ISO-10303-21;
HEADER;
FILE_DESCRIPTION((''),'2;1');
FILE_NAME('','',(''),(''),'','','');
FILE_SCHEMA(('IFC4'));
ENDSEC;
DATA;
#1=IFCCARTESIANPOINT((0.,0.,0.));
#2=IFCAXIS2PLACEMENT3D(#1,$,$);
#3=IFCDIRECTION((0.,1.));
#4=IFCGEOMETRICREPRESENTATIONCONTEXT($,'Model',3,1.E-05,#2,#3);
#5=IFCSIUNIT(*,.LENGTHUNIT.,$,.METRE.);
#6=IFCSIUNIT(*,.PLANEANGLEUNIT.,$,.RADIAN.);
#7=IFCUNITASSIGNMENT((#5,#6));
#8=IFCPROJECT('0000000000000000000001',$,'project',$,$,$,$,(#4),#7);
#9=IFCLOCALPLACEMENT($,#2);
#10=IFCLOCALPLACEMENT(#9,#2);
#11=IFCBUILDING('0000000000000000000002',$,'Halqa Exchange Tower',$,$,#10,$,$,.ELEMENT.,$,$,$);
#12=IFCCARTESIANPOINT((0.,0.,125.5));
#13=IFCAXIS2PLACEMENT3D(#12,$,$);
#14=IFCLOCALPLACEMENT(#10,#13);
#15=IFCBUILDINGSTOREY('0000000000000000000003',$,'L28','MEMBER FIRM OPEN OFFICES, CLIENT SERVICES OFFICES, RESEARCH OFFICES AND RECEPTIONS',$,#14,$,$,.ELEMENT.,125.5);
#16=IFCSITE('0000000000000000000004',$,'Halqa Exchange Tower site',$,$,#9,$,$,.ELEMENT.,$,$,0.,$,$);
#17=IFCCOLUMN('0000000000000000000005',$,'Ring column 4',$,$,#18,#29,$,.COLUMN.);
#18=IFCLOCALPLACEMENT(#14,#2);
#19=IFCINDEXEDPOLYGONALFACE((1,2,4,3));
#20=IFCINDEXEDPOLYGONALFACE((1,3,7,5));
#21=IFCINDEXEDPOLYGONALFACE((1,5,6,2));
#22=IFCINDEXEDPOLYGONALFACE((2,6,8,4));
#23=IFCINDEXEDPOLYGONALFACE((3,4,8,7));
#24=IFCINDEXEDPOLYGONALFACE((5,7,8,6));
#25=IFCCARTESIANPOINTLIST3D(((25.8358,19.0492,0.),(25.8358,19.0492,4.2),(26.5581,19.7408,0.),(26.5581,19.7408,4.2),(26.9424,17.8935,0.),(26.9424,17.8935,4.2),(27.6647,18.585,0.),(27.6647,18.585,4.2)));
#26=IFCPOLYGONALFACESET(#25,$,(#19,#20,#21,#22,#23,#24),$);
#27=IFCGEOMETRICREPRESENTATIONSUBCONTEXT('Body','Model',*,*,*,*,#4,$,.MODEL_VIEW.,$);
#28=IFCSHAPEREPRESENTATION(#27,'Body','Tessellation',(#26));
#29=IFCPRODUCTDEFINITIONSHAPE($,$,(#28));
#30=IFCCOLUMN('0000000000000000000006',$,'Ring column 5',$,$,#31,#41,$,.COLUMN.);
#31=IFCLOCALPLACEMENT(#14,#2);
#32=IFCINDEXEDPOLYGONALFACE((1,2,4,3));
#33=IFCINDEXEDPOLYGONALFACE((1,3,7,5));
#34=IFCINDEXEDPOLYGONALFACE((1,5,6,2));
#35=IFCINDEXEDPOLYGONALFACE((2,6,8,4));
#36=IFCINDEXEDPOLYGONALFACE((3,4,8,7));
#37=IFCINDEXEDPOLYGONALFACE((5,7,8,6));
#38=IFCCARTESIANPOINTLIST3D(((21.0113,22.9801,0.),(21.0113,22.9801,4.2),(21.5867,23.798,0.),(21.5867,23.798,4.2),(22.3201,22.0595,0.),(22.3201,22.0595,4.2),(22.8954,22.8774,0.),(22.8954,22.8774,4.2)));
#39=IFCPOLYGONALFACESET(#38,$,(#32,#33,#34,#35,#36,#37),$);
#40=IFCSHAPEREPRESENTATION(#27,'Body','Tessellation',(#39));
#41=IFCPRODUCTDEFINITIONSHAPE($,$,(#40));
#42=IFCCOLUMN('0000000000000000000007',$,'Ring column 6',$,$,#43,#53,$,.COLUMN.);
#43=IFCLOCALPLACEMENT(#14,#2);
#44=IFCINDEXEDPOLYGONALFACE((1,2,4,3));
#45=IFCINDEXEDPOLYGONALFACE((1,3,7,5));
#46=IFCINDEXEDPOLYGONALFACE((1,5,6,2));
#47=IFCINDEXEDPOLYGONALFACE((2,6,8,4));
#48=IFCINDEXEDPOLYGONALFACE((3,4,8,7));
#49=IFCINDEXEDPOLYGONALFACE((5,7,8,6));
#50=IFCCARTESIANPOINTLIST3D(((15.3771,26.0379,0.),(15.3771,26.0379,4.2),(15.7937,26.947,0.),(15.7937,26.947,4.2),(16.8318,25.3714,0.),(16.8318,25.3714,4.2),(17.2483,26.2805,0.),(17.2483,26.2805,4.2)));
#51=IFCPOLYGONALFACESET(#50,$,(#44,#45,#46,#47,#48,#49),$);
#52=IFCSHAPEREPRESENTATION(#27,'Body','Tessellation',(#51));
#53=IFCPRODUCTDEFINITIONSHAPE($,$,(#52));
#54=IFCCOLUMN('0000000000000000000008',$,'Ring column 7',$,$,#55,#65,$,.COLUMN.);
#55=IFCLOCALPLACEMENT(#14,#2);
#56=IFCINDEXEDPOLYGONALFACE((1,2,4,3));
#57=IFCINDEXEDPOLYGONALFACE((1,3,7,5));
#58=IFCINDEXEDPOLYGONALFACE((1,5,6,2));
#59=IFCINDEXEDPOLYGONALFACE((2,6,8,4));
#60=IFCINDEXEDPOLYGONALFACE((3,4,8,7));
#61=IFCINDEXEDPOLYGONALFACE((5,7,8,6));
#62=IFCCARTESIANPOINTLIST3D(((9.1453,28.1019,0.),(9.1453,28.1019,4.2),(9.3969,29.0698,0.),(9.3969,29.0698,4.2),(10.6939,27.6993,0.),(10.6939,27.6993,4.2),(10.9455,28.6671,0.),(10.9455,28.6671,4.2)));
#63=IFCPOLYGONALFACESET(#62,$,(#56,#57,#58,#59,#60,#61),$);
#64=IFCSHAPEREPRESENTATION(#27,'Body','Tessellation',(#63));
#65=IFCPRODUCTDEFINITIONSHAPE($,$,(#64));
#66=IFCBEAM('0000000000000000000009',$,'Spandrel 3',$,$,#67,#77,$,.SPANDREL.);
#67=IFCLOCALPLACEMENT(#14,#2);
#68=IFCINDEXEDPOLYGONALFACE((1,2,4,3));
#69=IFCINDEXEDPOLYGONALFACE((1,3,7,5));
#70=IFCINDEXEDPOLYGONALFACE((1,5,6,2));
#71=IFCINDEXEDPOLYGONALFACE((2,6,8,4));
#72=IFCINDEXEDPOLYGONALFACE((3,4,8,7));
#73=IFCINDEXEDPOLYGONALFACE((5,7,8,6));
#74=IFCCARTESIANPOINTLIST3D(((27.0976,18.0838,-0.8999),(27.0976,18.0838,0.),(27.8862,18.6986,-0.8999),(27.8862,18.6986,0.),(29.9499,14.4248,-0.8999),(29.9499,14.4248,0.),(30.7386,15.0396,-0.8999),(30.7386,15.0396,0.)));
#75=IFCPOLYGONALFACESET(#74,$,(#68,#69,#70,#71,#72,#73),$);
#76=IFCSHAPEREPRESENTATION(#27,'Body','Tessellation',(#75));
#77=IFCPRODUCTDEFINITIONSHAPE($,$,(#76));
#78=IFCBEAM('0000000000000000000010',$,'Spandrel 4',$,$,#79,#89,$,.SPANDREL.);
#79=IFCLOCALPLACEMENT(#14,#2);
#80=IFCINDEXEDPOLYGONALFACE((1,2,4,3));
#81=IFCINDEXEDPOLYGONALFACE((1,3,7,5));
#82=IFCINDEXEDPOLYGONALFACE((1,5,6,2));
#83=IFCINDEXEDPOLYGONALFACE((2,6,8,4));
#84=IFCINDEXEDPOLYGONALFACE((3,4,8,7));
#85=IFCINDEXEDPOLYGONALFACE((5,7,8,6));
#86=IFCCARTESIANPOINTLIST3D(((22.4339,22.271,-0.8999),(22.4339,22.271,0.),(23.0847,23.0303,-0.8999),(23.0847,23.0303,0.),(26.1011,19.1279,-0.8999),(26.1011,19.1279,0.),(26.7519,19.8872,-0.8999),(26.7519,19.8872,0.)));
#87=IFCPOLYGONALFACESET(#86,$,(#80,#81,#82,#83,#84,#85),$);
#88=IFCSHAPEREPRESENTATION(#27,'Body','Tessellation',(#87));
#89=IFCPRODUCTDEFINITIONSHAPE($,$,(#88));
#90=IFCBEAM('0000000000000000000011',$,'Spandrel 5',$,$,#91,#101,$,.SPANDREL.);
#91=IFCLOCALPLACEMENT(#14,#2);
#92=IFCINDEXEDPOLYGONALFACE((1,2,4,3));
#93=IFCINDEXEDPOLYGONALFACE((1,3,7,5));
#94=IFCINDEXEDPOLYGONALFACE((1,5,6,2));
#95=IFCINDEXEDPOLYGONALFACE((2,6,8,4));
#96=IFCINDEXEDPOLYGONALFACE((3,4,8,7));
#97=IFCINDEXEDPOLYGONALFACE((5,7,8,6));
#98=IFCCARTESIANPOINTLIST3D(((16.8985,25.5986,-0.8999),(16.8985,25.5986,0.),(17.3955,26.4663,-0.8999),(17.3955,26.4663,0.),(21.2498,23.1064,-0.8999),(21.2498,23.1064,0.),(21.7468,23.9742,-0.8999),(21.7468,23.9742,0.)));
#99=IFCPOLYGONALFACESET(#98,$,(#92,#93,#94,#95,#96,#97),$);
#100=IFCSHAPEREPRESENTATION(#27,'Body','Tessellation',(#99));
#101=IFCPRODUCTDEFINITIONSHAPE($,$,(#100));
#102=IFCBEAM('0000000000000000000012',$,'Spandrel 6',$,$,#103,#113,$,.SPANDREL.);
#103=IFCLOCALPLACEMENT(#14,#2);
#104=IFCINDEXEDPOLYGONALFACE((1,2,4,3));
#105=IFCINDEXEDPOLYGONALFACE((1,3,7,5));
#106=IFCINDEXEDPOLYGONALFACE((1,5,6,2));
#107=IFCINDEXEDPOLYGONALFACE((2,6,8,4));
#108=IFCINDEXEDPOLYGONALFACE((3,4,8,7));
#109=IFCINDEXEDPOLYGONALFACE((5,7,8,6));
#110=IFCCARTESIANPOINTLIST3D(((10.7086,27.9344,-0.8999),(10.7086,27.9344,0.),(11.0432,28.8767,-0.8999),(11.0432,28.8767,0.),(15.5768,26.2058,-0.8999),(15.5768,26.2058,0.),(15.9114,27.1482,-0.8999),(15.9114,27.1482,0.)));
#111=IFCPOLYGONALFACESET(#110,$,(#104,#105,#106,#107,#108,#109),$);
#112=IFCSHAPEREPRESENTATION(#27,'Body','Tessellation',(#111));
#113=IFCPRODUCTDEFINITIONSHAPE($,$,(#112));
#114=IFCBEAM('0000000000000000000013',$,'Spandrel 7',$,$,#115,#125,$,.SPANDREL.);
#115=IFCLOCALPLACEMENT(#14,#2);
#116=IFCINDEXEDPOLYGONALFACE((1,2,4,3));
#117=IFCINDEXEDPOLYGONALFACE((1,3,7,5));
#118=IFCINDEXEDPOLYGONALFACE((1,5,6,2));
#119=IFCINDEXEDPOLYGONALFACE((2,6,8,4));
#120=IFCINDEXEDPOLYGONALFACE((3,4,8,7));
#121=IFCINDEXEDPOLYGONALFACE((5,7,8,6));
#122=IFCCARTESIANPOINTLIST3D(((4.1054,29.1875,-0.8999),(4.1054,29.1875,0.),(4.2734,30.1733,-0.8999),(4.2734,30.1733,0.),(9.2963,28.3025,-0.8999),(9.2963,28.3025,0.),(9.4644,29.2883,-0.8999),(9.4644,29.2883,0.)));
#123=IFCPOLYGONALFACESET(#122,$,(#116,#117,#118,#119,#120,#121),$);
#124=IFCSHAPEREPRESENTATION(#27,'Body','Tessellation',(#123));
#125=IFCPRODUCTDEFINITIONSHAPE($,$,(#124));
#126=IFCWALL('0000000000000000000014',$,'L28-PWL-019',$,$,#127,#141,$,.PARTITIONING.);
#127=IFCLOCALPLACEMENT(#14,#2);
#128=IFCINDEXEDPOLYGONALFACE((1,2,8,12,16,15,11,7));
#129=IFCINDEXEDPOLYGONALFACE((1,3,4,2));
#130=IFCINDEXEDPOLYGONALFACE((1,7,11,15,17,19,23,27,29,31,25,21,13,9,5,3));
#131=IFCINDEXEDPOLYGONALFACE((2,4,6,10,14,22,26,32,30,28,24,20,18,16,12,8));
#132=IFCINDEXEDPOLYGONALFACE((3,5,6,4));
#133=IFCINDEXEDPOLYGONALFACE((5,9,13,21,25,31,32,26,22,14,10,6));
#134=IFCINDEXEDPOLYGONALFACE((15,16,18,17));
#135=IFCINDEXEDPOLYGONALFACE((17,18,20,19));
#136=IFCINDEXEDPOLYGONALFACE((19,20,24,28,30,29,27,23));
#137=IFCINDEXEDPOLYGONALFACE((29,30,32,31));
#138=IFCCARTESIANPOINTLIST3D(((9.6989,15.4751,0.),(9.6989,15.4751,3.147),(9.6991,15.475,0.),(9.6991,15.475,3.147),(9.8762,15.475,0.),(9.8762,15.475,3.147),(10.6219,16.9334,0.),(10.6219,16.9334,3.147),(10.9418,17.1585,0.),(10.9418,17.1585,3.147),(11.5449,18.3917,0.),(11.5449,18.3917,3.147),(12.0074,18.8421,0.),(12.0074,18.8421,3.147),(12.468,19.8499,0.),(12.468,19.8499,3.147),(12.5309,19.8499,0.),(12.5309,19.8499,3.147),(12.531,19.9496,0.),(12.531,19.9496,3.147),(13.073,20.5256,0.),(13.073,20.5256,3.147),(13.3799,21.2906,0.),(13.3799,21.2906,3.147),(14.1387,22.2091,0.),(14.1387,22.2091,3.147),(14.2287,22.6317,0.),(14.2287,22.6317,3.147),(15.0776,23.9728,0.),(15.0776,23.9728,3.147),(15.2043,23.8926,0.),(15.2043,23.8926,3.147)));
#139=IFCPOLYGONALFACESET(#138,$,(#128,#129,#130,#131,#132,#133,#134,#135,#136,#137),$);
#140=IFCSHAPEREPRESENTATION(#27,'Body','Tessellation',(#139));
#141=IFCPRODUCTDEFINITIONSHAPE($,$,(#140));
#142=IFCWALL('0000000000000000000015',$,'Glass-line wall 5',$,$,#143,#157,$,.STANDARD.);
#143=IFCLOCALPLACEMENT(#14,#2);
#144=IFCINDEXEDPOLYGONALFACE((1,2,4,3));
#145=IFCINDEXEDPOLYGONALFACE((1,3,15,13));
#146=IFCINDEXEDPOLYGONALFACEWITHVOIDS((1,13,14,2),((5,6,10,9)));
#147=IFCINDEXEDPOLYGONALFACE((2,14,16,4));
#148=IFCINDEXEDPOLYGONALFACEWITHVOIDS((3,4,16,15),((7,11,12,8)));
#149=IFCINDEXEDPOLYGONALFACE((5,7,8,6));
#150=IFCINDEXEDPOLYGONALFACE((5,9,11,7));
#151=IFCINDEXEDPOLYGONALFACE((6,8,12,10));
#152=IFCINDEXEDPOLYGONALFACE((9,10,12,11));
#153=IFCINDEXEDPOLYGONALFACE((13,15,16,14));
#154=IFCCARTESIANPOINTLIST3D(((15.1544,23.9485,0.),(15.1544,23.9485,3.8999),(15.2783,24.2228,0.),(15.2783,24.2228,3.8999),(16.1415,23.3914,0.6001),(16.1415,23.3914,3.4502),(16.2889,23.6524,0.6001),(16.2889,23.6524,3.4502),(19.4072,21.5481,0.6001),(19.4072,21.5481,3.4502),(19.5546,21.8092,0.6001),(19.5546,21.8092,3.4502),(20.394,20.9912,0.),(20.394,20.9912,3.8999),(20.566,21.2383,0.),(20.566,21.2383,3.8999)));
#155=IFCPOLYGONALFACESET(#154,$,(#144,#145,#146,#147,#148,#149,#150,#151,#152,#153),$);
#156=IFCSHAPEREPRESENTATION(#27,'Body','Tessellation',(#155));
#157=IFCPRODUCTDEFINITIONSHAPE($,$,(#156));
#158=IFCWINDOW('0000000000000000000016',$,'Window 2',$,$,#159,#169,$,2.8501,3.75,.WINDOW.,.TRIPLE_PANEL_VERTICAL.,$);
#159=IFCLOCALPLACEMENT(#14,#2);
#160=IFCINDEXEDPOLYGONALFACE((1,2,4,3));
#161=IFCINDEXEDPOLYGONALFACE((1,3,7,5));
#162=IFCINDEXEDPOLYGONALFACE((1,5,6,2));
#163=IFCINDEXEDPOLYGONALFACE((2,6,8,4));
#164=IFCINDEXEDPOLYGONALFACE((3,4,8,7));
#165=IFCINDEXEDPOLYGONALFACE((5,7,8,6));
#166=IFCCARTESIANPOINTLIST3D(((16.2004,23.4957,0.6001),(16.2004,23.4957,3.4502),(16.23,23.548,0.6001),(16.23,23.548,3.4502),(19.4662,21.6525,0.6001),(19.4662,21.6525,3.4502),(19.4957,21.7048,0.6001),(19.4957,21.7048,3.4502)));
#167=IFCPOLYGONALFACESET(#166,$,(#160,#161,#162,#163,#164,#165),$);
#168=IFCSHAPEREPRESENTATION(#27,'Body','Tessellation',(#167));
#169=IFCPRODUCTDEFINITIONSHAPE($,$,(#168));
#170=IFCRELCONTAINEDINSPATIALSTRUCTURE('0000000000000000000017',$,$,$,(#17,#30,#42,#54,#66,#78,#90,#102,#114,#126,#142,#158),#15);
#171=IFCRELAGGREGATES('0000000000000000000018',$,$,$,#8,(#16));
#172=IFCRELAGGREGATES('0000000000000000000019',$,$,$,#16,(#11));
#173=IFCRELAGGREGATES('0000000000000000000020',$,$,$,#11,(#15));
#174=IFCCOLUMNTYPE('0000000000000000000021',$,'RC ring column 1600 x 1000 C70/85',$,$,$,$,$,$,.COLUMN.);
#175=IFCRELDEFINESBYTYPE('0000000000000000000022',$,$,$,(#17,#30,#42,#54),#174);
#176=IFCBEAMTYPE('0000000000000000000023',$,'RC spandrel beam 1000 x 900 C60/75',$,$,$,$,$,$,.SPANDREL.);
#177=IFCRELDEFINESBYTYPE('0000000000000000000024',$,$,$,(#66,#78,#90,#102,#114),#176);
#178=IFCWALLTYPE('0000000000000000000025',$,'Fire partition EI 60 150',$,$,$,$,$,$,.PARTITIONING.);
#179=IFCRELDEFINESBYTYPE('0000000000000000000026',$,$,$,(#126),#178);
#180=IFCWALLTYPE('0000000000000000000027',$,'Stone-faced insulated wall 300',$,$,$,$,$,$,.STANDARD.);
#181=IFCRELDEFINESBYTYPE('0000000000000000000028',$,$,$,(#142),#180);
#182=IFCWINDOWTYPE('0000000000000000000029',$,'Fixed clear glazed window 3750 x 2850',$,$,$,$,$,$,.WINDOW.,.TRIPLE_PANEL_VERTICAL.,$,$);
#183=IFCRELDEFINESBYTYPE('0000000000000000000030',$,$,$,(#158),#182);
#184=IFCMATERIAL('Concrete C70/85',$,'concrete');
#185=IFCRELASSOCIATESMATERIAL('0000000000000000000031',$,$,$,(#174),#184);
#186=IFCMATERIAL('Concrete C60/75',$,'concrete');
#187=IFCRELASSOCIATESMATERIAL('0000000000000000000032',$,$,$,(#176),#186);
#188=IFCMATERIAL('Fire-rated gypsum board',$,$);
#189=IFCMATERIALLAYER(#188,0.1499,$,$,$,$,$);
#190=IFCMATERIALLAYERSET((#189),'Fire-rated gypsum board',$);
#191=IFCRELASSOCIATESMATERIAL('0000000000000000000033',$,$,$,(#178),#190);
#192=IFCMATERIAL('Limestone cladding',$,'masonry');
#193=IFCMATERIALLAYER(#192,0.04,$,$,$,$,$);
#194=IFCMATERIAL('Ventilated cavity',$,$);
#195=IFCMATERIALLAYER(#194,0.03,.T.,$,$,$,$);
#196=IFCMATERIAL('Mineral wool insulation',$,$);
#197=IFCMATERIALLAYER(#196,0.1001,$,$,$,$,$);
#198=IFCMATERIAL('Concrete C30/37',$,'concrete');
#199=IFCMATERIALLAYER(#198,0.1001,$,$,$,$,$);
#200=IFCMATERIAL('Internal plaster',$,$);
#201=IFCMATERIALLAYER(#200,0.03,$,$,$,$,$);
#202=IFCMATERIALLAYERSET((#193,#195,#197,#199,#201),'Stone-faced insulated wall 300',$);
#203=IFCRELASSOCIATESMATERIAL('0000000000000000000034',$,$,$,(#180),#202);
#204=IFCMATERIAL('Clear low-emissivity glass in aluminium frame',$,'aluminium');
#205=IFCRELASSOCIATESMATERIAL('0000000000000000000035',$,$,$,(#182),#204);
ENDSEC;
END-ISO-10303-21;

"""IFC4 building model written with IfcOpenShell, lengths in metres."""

from ifc_helpers import new_model, si_unit, direction, frame, frame_2d, origin, origin_2d, place, context, subcontext, project, spatial, polyline, rectangle, outline, extrude, material, layer, layer_set, material_profile, profile_set, type_object, element, fill, save


model = new_model("IFC4")

# Units and contexts
model_context = context("Model", 3, precision=1e-05, world=origin(), true_north=direction((0.0, 1.0)))
body_context = subcontext(model_context, "Body", "Model", "MODEL_VIEW")
ifc_project = project(units=[si_unit("LENGTHUNIT", "METRE"), si_unit("PLANEANGLEUNIT", "RADIAN")], contexts=[model_context])

# Site, building, storey
site_placement = place(None, origin())
site = spatial("IfcSite", under=ifc_project, at=site_placement, Name="Halqa Exchange Tower site", CompositionType="ELEMENT", RefElevation=0.0)
building_placement = place(site_placement, origin())
building = spatial("IfcBuilding", under=site, at=building_placement, Name="Halqa Exchange Tower", CompositionType="ELEMENT")
storey_placement = place(building_placement, frame((0.0, 0.0, 125.5)))
storey = spatial("IfcBuildingStorey", under=building, at=storey_placement, Name="L28", Description="MEMBER FIRM OPEN OFFICES, CLIENT SERVICES OFFICES, RESEARCH OFFICES AND RECEPTIONS", CompositionType="ELEMENT", Elevation=125.5)

# Columns
ifc_material_1 = material(Name="Concrete C70/85", Category="concrete")
ifc_material_profile_1 = material_profile(ifc_material_1, rectangle(XDim=1.6001, YDim=1.0, at=origin_2d()), Name="1600 x 1000")
ifc_profile_set_1 = profile_set([ifc_material_profile_1], Name="Concrete C70/85")
column_type = type_object("IfcColumnType", Name="RC ring column 1600 x 1000 C70/85", PredefinedType="COLUMN", material=ifc_profile_set_1)
for number, where, z_axis, x_axis, name in (
    (1, (26.7502, 18.8171, 0.0), (0.0, 0.0, 1.0), (-0.691571, 0.722308, 0.0), "Ring column 4"),
    (2, (21.9534, 22.9287, 0.0), (0.0, 0.0, 1.0), (-0.81791, 0.575346, 0.0), "Ring column 5"),
    (3, (16.3127, 26.1592, 0.0), (0.0, 0.0, 1.0), (-0.909126, 0.41652, 0.0), "Ring column 6"),
    (4, (10.0454, 28.3845, 0.0), (0.0, 0.0, 1.0), (-0.96782, 0.251645, 0.0), "Ring column 7"),
):
    element("IfcColumn", number, at=place(storey_placement, frame(where, z_axis=z_axis, x_axis=x_axis)), inside=storey, type_object=column_type, Name=name, PredefinedType="COLUMN", context=body_context, shape_type="SweptSolid", body=[
        extrude(rectangle(XDim=1.6001, YDim=1.0, at=origin_2d()), origin(), (0.0, 0.0, 1.0), 4.2),
    ])

# Beams
ifc_material_2 = material(Name="Concrete C60/75", Category="concrete")
ifc_material_profile_2 = material_profile(ifc_material_2, rectangle(XDim=1.0, YDim=0.8999, at=origin_2d()), Name="1000 x 900")
ifc_profile_set_2 = profile_set([ifc_material_profile_2], Name="Concrete C60/75")
beam_type = type_object("IfcBeamType", Name="RC spandrel beam 1000 x 900 C60/75", PredefinedType="SPANDREL", material=ifc_profile_set_2)
beam_1_placement = place(storey_placement, frame((30.3442, 14.7322, -0.45), z_axis=(-0.614807, 0.788677, 0.0), x_axis=(-0.788677, -0.614807, 0.0)))
element("IfcBeam", 5, at=beam_1_placement, inside=storey, type_object=beam_type, Name="Spandrel 3", PredefinedType="SPANDREL", context=body_context, shape_type="SweptSolid", body=[
    extrude(rectangle(XDim=1.0, YDim=0.8999, at=origin_2d()), origin(), (0.0, 0.0, 1.0), 4.6394),
])
beam_2_placement = place(storey_placement, frame((26.4265, 19.5076, -0.45), z_axis=(-0.759285, 0.650758, 0.0), x_axis=(-0.650758, -0.759285, 0.0)))
element("IfcBeam", 6, at=beam_2_placement, inside=storey, type_object=beam_type, Name="Spandrel 4", PredefinedType="SPANDREL", context=body_context, shape_type="SweptSolid", body=[
    extrude(rectangle(XDim=1.0, YDim=0.8999, at=origin_2d()), origin(), (0.0, 0.0, 1.0), 4.8298),
])
beam_3_placement = place(storey_placement, frame((21.4983, 23.5403, -0.45), z_axis=(-0.867751, 0.496999, 0.0), x_axis=(-0.496999, -0.867751, 0.0)))
element("IfcBeam", 7, at=beam_3_placement, inside=storey, type_object=beam_type, Name="Spandrel 5", PredefinedType="SPANDREL", context=body_context, shape_type="SweptSolid", body=[
    extrude(rectangle(XDim=1.0, YDim=0.8999, at=origin_2d()), origin(), (0.0, 0.0, 1.0), 5.0144),
])
beam_4_placement = place(storey_placement, frame((15.7441, 26.677, -0.45), z_axis=(-0.94236, 0.334599, 0.0), x_axis=(-0.334599, -0.94236, 0.0)))
element("IfcBeam", 8, at=beam_4_placement, inside=storey, type_object=beam_type, Name="Spandrel 6", PredefinedType="SPANDREL", context=body_context, shape_type="SweptSolid", body=[
    extrude(rectangle(XDim=1.0, YDim=0.8999, at=origin_2d()), origin(), (0.0, 0.0, 1.0), 5.166),
])
beam_5_placement = place(storey_placement, frame((9.3804, 28.7954, -0.45), z_axis=(-0.985776, 0.168067, 0.0), x_axis=(-0.168067, -0.985776, 0.0)))
element("IfcBeam", 9, at=beam_5_placement, inside=storey, type_object=beam_type, Name="Spandrel 7", PredefinedType="SPANDREL", context=body_context, shape_type="SweptSolid", body=[
    extrude(rectangle(XDim=1.0, YDim=0.8999, at=origin_2d()), origin(), (0.0, 0.0, 1.0), 5.2659),
])

# Wall
ifc_material_3 = material(Name="Fire-rated gypsum board")
ifc_layer_1 = layer(ifc_material_3, 0.1499)
ifc_layer_set_1 = layer_set([ifc_layer_1], Name="Fire-rated gypsum board")
wall_type_1 = type_object("IfcWallType", Name="Fire partition EI 60 150", PredefinedType="PARTITIONING", material=ifc_layer_set_1)
wall_1_placement = place(storey_placement, frame((9.7622, 15.4351, 0.0), z_axis=(0.0, 0.0, 1.0), x_axis=(0.53483, 0.84496, 0.0)))
element("IfcWall", 10, at=wall_1_placement, inside=storey, type_object=wall_type_1, Name="L28-PWL-019", PredefinedType="PARTITIONING", context=body_context, shape_type="SweptSolid", body=[
    extrude(outline(polyline([(10.0569, 0.075), (8.4697, 0.075), (6.8826, 0.075), (5.2954, 0.075), (5.2112, 0.0217), (5.1775, 0.075), (3.4517, 0.075), (1.7258, 0.075), (0.0, 0.075), (0.0, 0.0747), (0.0947, -0.075), (2.0872, -0.075), (4.0796, -0.075), (6.072, -0.075), (8.0645, -0.075), (10.0569, -0.075), (10.0569, 0.075)])), origin(), (0.0, 0.0, 1.0), 3.147),
])

# Shared definitions
ifc_material_4 = material(Name="Limestone cladding", Category="masonry")
ifc_layer_2 = layer(ifc_material_4, 0.04)
ifc_material_5 = material(Name="Ventilated cavity")
ifc_layer_3 = layer(ifc_material_5, 0.03, ventilated=True)
ifc_material_6 = material(Name="Mineral wool insulation")
ifc_layer_4 = layer(ifc_material_6, 0.1001)
ifc_material_7 = material(Name="Concrete C30/37", Category="concrete")
ifc_layer_5 = layer(ifc_material_7, 0.1001)
ifc_material_8 = material(Name="Internal plaster")
ifc_layer_6 = layer(ifc_material_8, 0.03)
ifc_layer_set_2 = layer_set([ifc_layer_2, ifc_layer_3, ifc_layer_4, ifc_layer_5, ifc_layer_6], Name="Stone-faced insulated wall 300")
wall_type_2 = type_object("IfcWallType", Name="Stone-faced insulated wall 300", PredefinedType="STANDARD", material=ifc_layer_set_2)
ifc_material_9 = material(Name="Clear low-emissivity glass in aluminium frame", Category="aluminium")

# Wall, opening, window
wall_2_placement = place(storey_placement, frame((20.48, 21.1147, 0.0), z_axis=(0.0, 0.0, 1.0), x_axis=(-0.870858, 0.491534, 0.0)))
wall_2 = element("IfcWall", 11, at=wall_2_placement, inside=storey, type_object=wall_type_2, Name="Glass-line wall 5", PredefinedType="STANDARD", context=body_context, shape_type="SweptSolid", body=[
    extrude(outline(polyline([(-0.0142, -0.1499), (6.0576, -0.1499), (6.0308, 0.1499), (0.0142, 0.1499), (-0.0142, -0.1499)])), origin(), (0.0, 0.0, 1.0), 3.8999),
])
opening_1_placement = place(wall_2_placement, frame((1.1472, 0.0, 0.6001)))
opening_1 = element("IfcOpeningElement", 12, at=opening_1_placement, cuts=wall_2, PredefinedType="OPENING", context=body_context, shape_type="SweptSolid", body=[
    extrude(rectangle(XDim=3.75, YDim=2.8501, at=frame_2d((1.875, 1.425))), frame((0.0, 0.1621, 0.0), z_axis=(0.0, -1.0, 0.0), x_axis=(1.0, 0.0, 0.0)), (0.0, 0.0, 1.0), 0.324),
])
window_type = type_object("IfcWindowType", Name="Fixed clear glazed window 3750 x 2850", PartitioningType="TRIPLE_PANEL_VERTICAL", PredefinedType="WINDOW", material=ifc_material_9)
window_1_placement = place(opening_1_placement, origin())
window_1 = element("IfcWindow", 13, at=window_1_placement, inside=storey, type_object=window_type, Name="Window 2", OverallHeight=2.8501, OverallWidth=3.75, PartitioningType="TRIPLE_PANEL_VERTICAL", PredefinedType="WINDOW", context=body_context, shape_type="SweptSolid", body=[
    extrude(rectangle(XDim=3.75, YDim=2.8501, at=frame_2d((1.875, 1.425))), frame((0.0, 0.03, 0.0), z_axis=(0.0, -1.0, 0.0), x_axis=(1.0, 0.0, 0.0)), (0.0, 0.0, 1.0), 0.0601),
])
fill(opening_1, window_1)

save(model, "model.ifc")
